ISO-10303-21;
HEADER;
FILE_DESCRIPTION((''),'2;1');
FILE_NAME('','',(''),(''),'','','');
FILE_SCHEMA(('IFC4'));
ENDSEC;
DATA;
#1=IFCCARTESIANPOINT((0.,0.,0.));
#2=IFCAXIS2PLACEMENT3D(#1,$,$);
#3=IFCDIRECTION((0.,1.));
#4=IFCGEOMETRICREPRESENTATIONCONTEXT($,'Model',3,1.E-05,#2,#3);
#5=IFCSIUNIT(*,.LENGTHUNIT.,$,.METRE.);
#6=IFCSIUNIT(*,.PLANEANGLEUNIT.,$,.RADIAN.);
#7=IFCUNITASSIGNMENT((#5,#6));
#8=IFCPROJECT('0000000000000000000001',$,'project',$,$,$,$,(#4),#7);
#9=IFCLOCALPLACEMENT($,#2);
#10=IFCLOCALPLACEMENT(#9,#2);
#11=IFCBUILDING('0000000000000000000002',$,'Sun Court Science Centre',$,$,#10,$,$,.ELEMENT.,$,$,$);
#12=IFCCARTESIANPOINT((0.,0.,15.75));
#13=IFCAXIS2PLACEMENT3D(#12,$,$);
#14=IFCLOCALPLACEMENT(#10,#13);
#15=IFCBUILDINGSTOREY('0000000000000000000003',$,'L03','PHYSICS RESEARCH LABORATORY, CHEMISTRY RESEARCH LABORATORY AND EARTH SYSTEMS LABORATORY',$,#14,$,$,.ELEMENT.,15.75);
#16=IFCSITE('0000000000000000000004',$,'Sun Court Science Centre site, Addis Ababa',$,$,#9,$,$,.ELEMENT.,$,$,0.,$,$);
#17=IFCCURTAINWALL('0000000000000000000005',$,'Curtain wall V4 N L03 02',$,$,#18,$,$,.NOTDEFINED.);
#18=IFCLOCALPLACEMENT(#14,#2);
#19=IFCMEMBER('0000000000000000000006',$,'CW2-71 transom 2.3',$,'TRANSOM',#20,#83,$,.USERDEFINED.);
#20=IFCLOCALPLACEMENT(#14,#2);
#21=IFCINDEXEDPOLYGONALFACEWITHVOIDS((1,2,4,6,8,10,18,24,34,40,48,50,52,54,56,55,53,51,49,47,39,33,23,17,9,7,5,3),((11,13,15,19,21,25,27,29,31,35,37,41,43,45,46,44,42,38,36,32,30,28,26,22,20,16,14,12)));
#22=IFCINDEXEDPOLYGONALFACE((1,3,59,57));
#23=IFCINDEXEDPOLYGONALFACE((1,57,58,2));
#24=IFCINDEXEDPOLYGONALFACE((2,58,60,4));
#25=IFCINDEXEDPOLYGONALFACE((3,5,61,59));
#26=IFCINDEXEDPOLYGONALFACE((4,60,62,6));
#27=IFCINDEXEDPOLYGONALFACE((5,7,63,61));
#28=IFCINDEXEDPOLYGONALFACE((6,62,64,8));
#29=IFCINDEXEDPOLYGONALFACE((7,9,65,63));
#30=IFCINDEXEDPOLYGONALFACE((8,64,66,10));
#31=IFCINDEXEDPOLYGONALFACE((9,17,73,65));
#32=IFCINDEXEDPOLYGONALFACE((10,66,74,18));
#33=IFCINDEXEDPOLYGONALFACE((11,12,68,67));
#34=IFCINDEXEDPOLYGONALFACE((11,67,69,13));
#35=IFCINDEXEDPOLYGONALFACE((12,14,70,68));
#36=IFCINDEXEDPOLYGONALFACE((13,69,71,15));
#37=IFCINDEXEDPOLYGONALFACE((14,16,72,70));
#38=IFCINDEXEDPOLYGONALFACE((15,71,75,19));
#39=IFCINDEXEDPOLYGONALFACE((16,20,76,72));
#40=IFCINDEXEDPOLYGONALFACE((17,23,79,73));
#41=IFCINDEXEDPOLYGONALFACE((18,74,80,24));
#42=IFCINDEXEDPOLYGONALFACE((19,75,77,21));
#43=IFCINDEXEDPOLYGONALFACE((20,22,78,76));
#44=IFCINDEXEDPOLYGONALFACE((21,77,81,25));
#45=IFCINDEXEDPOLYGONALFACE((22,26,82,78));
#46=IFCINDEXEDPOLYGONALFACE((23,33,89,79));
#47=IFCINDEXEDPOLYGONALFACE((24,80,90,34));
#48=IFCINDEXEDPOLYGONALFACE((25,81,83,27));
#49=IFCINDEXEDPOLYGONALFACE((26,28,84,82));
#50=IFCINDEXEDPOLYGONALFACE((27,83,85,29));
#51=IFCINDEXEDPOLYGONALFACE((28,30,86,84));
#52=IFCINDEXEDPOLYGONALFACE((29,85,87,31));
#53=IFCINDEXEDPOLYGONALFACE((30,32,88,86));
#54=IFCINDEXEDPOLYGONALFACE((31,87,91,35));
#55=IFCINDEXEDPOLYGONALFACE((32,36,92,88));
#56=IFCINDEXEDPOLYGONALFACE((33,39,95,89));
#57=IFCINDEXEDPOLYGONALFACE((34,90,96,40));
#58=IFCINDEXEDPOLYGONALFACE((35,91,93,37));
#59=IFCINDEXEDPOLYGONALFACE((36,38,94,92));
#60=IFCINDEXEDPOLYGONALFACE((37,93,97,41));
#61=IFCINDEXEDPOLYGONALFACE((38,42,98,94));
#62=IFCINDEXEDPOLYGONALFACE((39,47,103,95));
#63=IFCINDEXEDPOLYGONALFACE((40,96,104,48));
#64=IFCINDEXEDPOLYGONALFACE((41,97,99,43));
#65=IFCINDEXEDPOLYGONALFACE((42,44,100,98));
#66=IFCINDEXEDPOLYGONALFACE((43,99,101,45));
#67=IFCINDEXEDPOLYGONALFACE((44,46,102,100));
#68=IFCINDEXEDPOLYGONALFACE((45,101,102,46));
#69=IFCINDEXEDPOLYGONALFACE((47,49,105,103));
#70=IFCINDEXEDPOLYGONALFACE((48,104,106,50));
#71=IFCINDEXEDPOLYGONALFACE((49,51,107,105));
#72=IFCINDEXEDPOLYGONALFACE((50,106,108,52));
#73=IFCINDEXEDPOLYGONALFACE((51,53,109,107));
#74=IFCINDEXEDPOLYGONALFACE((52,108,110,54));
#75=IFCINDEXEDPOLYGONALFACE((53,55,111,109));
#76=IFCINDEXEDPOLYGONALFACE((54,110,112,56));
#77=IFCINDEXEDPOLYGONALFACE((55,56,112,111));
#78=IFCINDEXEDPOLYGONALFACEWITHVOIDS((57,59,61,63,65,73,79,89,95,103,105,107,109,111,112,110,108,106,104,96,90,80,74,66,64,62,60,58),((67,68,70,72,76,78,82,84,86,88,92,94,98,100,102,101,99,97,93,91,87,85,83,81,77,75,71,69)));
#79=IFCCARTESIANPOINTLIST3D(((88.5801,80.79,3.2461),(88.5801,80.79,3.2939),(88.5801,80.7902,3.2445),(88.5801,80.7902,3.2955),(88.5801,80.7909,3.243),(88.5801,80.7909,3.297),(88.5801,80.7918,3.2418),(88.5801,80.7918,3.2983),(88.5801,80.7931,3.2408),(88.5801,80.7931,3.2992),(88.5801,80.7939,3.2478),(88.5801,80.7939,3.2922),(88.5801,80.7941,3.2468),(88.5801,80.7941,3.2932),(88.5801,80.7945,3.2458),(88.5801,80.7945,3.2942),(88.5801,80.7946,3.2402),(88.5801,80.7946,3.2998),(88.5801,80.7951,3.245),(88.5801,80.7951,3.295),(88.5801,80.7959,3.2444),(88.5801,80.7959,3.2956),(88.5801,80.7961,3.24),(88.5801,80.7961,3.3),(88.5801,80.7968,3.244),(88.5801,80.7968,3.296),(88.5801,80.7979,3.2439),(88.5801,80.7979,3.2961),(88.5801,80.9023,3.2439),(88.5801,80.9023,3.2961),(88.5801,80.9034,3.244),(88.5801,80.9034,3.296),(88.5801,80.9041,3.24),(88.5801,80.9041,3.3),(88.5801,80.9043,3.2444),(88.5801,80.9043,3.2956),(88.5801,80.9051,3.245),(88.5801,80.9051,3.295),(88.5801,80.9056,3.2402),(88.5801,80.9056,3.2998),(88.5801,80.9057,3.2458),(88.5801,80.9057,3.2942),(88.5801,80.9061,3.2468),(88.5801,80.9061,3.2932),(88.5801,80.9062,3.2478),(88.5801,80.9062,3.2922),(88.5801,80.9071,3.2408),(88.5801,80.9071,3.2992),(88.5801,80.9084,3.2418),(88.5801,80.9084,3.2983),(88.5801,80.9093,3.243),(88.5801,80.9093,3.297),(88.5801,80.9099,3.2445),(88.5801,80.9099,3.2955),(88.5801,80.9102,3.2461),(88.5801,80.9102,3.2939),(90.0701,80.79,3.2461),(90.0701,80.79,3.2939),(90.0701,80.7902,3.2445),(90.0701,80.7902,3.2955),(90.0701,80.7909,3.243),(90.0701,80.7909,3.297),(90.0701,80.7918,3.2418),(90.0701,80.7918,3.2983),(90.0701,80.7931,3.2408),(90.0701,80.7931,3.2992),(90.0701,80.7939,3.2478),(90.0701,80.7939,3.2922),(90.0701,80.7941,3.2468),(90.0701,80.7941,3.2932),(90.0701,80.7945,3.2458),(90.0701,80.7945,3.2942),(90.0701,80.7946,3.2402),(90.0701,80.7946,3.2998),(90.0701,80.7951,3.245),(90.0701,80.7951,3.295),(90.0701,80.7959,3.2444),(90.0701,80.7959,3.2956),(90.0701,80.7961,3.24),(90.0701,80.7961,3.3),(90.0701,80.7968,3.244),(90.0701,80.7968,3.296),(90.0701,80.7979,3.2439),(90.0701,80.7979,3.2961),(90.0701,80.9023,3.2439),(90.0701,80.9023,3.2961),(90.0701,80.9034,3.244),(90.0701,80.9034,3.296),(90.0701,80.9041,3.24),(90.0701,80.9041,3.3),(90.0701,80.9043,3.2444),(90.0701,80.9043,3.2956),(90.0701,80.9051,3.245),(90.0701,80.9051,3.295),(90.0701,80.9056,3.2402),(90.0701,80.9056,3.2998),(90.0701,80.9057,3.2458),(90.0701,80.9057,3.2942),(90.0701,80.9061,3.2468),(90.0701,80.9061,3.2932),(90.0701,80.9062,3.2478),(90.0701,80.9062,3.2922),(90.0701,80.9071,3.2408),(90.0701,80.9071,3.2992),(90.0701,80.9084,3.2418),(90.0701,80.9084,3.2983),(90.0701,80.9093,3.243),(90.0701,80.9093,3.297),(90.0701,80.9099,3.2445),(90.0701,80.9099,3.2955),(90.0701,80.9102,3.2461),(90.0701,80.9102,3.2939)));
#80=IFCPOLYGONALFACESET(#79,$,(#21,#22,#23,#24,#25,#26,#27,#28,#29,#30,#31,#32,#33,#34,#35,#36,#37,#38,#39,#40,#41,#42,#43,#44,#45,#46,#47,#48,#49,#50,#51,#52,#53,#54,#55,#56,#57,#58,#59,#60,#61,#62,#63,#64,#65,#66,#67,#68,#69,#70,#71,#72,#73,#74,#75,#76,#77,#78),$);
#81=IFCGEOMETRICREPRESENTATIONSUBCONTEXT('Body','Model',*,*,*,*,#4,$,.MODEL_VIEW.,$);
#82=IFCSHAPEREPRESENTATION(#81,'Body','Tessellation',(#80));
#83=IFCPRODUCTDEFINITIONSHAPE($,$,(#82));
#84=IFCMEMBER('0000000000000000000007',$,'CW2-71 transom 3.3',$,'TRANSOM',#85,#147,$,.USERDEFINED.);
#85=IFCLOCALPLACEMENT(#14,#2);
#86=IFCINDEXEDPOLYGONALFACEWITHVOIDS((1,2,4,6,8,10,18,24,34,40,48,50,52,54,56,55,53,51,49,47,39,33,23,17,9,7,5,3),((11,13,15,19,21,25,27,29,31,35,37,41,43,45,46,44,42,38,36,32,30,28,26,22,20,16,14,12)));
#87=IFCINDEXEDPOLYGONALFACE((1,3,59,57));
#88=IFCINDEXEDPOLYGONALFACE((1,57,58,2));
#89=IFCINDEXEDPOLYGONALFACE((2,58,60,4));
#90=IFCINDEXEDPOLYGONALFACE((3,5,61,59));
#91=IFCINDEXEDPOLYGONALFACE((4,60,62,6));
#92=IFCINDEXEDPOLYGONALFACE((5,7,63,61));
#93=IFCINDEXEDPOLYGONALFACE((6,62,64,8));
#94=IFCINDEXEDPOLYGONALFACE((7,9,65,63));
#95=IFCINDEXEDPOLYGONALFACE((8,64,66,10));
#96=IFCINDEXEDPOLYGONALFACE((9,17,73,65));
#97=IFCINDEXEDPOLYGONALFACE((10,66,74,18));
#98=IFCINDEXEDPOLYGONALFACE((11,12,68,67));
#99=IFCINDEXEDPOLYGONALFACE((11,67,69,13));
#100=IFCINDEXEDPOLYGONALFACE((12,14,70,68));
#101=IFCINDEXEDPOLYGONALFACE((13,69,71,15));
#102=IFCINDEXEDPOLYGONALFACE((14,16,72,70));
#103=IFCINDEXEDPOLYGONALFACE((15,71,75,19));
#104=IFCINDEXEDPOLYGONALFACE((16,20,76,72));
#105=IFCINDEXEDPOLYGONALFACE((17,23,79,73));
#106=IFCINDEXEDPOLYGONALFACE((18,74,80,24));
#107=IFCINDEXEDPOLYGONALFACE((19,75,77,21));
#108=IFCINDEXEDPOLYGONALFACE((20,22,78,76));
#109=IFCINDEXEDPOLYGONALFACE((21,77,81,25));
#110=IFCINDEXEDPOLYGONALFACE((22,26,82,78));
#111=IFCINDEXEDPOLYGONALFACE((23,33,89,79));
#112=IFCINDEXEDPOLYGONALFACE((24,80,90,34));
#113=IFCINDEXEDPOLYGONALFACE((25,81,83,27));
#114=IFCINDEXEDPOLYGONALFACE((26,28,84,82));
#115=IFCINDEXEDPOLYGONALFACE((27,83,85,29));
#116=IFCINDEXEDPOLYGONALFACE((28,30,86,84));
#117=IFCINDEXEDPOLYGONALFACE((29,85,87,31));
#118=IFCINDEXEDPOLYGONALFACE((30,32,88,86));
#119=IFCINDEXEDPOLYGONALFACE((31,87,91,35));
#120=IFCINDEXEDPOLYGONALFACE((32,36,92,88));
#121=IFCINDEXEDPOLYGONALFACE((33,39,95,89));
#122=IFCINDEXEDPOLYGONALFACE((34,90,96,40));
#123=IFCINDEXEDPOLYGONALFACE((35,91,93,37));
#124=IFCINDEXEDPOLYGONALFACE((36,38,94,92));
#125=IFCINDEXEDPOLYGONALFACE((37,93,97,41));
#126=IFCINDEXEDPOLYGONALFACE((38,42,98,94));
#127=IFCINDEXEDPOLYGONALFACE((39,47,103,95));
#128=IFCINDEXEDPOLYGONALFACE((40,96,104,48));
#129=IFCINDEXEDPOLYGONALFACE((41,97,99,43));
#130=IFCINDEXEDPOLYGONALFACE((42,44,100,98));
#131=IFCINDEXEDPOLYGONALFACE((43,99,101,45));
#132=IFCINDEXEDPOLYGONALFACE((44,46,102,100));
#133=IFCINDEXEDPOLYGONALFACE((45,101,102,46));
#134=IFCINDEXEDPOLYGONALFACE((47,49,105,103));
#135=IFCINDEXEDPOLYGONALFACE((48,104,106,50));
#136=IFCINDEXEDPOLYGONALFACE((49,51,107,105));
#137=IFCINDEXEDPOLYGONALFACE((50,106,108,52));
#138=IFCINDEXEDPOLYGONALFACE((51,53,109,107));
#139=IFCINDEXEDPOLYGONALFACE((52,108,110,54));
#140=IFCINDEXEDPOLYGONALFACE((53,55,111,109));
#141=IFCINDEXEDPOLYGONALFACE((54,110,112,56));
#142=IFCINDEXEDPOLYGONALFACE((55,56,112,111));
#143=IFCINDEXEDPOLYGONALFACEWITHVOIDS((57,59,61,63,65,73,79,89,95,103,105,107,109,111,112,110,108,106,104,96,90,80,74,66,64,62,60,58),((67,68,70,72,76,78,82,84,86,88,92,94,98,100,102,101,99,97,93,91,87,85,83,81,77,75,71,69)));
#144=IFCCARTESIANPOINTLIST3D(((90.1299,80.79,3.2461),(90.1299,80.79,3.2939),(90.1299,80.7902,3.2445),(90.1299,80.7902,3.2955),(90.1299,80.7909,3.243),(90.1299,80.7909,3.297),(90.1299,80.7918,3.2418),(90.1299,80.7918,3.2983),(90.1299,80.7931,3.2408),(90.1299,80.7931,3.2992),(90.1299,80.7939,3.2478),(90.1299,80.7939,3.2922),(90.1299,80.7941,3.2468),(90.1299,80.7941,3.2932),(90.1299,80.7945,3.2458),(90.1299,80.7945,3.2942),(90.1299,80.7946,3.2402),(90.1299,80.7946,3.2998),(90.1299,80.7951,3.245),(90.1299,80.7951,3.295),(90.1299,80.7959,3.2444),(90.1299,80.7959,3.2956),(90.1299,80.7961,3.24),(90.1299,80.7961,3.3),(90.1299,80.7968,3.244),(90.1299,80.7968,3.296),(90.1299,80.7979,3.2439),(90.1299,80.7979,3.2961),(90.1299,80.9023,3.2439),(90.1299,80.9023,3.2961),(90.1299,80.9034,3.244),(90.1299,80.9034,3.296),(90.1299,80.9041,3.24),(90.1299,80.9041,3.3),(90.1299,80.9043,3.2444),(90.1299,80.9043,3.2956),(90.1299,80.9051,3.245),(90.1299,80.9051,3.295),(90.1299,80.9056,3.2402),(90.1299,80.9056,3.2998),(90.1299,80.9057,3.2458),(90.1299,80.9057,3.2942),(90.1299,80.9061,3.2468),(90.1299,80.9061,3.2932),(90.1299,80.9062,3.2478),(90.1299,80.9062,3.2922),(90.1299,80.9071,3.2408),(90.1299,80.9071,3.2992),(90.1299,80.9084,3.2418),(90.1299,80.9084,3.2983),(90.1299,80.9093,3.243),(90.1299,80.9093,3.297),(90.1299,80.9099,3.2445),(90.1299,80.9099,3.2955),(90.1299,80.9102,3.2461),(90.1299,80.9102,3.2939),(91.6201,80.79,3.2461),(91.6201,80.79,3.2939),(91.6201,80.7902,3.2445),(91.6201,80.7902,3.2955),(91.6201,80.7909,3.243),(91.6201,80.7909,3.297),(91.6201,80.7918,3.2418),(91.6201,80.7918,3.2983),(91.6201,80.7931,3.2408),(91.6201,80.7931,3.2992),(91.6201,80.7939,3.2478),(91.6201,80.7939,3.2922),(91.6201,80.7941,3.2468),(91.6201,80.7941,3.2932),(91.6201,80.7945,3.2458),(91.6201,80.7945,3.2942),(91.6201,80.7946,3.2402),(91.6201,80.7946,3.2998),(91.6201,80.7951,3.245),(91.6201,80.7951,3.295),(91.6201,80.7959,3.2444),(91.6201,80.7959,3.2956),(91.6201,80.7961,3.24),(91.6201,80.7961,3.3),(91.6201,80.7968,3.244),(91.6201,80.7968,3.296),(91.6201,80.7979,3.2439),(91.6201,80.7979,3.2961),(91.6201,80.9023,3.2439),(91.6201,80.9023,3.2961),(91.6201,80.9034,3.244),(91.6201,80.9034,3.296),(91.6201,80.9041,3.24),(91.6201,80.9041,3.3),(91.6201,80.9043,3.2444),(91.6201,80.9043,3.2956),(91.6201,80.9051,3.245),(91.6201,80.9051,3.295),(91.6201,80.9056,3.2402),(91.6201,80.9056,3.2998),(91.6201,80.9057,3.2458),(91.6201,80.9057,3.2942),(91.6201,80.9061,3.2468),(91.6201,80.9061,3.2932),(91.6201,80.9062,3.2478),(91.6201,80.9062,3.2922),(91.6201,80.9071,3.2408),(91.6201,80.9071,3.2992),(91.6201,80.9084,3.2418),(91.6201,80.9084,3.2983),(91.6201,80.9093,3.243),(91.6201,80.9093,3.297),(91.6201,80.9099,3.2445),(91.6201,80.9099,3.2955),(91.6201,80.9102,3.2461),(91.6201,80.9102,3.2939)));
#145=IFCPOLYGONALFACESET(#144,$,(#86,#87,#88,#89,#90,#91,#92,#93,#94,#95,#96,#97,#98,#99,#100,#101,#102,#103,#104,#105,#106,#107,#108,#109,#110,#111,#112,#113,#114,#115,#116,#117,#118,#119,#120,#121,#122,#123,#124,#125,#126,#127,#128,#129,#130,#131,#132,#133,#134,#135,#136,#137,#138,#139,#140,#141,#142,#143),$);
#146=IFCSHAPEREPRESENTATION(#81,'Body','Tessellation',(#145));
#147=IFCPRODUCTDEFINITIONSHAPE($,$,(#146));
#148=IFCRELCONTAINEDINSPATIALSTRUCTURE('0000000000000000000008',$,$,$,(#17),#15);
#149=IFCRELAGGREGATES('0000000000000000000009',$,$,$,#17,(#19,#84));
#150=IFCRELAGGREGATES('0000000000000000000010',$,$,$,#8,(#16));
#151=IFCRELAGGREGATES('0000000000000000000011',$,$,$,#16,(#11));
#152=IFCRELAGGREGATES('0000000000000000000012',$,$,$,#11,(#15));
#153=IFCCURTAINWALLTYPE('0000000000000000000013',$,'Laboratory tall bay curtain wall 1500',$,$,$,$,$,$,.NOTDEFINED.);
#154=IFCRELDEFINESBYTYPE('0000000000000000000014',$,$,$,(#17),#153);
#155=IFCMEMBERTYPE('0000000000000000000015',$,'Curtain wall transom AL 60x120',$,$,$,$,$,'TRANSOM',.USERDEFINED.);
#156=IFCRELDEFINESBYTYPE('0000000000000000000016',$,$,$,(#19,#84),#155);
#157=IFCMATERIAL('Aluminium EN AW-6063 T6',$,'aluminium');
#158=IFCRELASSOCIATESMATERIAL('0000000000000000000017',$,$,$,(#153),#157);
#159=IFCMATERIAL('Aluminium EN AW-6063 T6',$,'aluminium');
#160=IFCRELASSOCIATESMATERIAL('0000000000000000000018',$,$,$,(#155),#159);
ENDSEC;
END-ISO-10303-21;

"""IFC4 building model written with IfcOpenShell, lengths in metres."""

from ifc_helpers import new_model, si_unit, direction, frame, origin, origin_2d, place, context, subcontext, project, spatial, hollow_rectangle, extrude, material, material_profile, profile_set, type_object, element, aggregate, save


model = new_model("IFC4")

# Units and contexts
model_context = context("Model", 3, precision=1e-05, world=origin(), true_north=direction((0.0, 1.0)))
body_context = subcontext(model_context, "Body", "Model", "MODEL_VIEW")
ifc_project = project(units=[si_unit("LENGTHUNIT", "METRE"), si_unit("PLANEANGLEUNIT", "RADIAN")], contexts=[model_context])

# Site, building, storey
site_placement = place(None, origin())
site = spatial("IfcSite", under=ifc_project, at=site_placement, Name="Sun Court Science Centre site, Addis Ababa", CompositionType="ELEMENT", RefElevation=0.0)
building_placement = place(site_placement, origin())
building = spatial("IfcBuilding", under=site, at=building_placement, Name="Sun Court Science Centre", CompositionType="ELEMENT")
storey_placement = place(building_placement, frame((0.0, 0.0, 15.75)))
storey = spatial("IfcBuildingStorey", under=building, at=storey_placement, Name="L03", Description="PHYSICS RESEARCH LABORATORY, CHEMISTRY RESEARCH LABORATORY AND EARTH SYSTEMS LABORATORY", CompositionType="ELEMENT", Elevation=15.75)

# Curtain wall
ifc_material_1 = material(Name="Aluminium EN AW-6063 T6", Category="aluminium")
curtain_wall_type = type_object("IfcCurtainWallType", Name="Laboratory tall bay curtain wall 1500", PredefinedType="NOTDEFINED", material=ifc_material_1)
curtain_wall_1_placement = place(storey_placement, origin())
curtain_wall_1 = element("IfcCurtainWall", 1, at=curtain_wall_1_placement, inside=storey, type_object=curtain_wall_type, Name="Curtain wall V4 N L03 02", PredefinedType="NOTDEFINED")

# Members
ifc_material_2 = material(Name="Aluminium EN AW-6063 T6", Category="aluminium")
ifc_material_profile_1 = material_profile(ifc_material_2, hollow_rectangle(XDim=0.0601, YDim=0.1201, WallThickness=0.0039, InnerFilletRadius=0.0039, OuterFilletRadius=0.0061, at=origin_2d()), Name="AL 60x120x4")
ifc_profile_set_1 = profile_set([ifc_material_profile_1], Name="Aluminium EN AW-6063 T6")
member_type_1 = type_object("IfcMemberType", Name="Curtain wall transom AL 60x120", ElementType="TRANSOM", PredefinedType="USERDEFINED", material=ifc_profile_set_1)
member_1_placement = place(storey_placement, frame((88.5801, 80.8501, 3.27), z_axis=(1.0, 0.0, 0.0), x_axis=(0.0, 0.0, 1.0)))
member_1 = element("IfcMember", 2, at=member_1_placement, type_object=member_type_1, Name="CW2-71 transom 2.3", ObjectType="TRANSOM", PredefinedType="USERDEFINED", context=body_context, shape_type="SweptSolid", body=[
    extrude(hollow_rectangle(XDim=0.0601, YDim=0.1201, WallThickness=0.0039, InnerFilletRadius=0.0039, OuterFilletRadius=0.0061, at=origin_2d()), origin(), (0.0, 0.0, 1.0), 1.49),
])
member_2_placement = place(storey_placement, frame((90.1299, 80.8501, 3.27), z_axis=(1.0, 0.0, 0.0), x_axis=(0.0, 0.0, 1.0)))
member_2 = element("IfcMember", 3, at=member_2_placement, type_object=member_type_1, Name="CW2-71 transom 3.3", ObjectType="TRANSOM", PredefinedType="USERDEFINED", context=body_context, shape_type="SweptSolid", body=[
    extrude(hollow_rectangle(XDim=0.0601, YDim=0.1201, WallThickness=0.0039, InnerFilletRadius=0.0039, OuterFilletRadius=0.0061, at=origin_2d()), origin(), (0.0, 0.0, 1.0), 1.4902),
])

aggregate(curtain_wall_1, [member_1, member_2])

save(model, "model.ifc")
